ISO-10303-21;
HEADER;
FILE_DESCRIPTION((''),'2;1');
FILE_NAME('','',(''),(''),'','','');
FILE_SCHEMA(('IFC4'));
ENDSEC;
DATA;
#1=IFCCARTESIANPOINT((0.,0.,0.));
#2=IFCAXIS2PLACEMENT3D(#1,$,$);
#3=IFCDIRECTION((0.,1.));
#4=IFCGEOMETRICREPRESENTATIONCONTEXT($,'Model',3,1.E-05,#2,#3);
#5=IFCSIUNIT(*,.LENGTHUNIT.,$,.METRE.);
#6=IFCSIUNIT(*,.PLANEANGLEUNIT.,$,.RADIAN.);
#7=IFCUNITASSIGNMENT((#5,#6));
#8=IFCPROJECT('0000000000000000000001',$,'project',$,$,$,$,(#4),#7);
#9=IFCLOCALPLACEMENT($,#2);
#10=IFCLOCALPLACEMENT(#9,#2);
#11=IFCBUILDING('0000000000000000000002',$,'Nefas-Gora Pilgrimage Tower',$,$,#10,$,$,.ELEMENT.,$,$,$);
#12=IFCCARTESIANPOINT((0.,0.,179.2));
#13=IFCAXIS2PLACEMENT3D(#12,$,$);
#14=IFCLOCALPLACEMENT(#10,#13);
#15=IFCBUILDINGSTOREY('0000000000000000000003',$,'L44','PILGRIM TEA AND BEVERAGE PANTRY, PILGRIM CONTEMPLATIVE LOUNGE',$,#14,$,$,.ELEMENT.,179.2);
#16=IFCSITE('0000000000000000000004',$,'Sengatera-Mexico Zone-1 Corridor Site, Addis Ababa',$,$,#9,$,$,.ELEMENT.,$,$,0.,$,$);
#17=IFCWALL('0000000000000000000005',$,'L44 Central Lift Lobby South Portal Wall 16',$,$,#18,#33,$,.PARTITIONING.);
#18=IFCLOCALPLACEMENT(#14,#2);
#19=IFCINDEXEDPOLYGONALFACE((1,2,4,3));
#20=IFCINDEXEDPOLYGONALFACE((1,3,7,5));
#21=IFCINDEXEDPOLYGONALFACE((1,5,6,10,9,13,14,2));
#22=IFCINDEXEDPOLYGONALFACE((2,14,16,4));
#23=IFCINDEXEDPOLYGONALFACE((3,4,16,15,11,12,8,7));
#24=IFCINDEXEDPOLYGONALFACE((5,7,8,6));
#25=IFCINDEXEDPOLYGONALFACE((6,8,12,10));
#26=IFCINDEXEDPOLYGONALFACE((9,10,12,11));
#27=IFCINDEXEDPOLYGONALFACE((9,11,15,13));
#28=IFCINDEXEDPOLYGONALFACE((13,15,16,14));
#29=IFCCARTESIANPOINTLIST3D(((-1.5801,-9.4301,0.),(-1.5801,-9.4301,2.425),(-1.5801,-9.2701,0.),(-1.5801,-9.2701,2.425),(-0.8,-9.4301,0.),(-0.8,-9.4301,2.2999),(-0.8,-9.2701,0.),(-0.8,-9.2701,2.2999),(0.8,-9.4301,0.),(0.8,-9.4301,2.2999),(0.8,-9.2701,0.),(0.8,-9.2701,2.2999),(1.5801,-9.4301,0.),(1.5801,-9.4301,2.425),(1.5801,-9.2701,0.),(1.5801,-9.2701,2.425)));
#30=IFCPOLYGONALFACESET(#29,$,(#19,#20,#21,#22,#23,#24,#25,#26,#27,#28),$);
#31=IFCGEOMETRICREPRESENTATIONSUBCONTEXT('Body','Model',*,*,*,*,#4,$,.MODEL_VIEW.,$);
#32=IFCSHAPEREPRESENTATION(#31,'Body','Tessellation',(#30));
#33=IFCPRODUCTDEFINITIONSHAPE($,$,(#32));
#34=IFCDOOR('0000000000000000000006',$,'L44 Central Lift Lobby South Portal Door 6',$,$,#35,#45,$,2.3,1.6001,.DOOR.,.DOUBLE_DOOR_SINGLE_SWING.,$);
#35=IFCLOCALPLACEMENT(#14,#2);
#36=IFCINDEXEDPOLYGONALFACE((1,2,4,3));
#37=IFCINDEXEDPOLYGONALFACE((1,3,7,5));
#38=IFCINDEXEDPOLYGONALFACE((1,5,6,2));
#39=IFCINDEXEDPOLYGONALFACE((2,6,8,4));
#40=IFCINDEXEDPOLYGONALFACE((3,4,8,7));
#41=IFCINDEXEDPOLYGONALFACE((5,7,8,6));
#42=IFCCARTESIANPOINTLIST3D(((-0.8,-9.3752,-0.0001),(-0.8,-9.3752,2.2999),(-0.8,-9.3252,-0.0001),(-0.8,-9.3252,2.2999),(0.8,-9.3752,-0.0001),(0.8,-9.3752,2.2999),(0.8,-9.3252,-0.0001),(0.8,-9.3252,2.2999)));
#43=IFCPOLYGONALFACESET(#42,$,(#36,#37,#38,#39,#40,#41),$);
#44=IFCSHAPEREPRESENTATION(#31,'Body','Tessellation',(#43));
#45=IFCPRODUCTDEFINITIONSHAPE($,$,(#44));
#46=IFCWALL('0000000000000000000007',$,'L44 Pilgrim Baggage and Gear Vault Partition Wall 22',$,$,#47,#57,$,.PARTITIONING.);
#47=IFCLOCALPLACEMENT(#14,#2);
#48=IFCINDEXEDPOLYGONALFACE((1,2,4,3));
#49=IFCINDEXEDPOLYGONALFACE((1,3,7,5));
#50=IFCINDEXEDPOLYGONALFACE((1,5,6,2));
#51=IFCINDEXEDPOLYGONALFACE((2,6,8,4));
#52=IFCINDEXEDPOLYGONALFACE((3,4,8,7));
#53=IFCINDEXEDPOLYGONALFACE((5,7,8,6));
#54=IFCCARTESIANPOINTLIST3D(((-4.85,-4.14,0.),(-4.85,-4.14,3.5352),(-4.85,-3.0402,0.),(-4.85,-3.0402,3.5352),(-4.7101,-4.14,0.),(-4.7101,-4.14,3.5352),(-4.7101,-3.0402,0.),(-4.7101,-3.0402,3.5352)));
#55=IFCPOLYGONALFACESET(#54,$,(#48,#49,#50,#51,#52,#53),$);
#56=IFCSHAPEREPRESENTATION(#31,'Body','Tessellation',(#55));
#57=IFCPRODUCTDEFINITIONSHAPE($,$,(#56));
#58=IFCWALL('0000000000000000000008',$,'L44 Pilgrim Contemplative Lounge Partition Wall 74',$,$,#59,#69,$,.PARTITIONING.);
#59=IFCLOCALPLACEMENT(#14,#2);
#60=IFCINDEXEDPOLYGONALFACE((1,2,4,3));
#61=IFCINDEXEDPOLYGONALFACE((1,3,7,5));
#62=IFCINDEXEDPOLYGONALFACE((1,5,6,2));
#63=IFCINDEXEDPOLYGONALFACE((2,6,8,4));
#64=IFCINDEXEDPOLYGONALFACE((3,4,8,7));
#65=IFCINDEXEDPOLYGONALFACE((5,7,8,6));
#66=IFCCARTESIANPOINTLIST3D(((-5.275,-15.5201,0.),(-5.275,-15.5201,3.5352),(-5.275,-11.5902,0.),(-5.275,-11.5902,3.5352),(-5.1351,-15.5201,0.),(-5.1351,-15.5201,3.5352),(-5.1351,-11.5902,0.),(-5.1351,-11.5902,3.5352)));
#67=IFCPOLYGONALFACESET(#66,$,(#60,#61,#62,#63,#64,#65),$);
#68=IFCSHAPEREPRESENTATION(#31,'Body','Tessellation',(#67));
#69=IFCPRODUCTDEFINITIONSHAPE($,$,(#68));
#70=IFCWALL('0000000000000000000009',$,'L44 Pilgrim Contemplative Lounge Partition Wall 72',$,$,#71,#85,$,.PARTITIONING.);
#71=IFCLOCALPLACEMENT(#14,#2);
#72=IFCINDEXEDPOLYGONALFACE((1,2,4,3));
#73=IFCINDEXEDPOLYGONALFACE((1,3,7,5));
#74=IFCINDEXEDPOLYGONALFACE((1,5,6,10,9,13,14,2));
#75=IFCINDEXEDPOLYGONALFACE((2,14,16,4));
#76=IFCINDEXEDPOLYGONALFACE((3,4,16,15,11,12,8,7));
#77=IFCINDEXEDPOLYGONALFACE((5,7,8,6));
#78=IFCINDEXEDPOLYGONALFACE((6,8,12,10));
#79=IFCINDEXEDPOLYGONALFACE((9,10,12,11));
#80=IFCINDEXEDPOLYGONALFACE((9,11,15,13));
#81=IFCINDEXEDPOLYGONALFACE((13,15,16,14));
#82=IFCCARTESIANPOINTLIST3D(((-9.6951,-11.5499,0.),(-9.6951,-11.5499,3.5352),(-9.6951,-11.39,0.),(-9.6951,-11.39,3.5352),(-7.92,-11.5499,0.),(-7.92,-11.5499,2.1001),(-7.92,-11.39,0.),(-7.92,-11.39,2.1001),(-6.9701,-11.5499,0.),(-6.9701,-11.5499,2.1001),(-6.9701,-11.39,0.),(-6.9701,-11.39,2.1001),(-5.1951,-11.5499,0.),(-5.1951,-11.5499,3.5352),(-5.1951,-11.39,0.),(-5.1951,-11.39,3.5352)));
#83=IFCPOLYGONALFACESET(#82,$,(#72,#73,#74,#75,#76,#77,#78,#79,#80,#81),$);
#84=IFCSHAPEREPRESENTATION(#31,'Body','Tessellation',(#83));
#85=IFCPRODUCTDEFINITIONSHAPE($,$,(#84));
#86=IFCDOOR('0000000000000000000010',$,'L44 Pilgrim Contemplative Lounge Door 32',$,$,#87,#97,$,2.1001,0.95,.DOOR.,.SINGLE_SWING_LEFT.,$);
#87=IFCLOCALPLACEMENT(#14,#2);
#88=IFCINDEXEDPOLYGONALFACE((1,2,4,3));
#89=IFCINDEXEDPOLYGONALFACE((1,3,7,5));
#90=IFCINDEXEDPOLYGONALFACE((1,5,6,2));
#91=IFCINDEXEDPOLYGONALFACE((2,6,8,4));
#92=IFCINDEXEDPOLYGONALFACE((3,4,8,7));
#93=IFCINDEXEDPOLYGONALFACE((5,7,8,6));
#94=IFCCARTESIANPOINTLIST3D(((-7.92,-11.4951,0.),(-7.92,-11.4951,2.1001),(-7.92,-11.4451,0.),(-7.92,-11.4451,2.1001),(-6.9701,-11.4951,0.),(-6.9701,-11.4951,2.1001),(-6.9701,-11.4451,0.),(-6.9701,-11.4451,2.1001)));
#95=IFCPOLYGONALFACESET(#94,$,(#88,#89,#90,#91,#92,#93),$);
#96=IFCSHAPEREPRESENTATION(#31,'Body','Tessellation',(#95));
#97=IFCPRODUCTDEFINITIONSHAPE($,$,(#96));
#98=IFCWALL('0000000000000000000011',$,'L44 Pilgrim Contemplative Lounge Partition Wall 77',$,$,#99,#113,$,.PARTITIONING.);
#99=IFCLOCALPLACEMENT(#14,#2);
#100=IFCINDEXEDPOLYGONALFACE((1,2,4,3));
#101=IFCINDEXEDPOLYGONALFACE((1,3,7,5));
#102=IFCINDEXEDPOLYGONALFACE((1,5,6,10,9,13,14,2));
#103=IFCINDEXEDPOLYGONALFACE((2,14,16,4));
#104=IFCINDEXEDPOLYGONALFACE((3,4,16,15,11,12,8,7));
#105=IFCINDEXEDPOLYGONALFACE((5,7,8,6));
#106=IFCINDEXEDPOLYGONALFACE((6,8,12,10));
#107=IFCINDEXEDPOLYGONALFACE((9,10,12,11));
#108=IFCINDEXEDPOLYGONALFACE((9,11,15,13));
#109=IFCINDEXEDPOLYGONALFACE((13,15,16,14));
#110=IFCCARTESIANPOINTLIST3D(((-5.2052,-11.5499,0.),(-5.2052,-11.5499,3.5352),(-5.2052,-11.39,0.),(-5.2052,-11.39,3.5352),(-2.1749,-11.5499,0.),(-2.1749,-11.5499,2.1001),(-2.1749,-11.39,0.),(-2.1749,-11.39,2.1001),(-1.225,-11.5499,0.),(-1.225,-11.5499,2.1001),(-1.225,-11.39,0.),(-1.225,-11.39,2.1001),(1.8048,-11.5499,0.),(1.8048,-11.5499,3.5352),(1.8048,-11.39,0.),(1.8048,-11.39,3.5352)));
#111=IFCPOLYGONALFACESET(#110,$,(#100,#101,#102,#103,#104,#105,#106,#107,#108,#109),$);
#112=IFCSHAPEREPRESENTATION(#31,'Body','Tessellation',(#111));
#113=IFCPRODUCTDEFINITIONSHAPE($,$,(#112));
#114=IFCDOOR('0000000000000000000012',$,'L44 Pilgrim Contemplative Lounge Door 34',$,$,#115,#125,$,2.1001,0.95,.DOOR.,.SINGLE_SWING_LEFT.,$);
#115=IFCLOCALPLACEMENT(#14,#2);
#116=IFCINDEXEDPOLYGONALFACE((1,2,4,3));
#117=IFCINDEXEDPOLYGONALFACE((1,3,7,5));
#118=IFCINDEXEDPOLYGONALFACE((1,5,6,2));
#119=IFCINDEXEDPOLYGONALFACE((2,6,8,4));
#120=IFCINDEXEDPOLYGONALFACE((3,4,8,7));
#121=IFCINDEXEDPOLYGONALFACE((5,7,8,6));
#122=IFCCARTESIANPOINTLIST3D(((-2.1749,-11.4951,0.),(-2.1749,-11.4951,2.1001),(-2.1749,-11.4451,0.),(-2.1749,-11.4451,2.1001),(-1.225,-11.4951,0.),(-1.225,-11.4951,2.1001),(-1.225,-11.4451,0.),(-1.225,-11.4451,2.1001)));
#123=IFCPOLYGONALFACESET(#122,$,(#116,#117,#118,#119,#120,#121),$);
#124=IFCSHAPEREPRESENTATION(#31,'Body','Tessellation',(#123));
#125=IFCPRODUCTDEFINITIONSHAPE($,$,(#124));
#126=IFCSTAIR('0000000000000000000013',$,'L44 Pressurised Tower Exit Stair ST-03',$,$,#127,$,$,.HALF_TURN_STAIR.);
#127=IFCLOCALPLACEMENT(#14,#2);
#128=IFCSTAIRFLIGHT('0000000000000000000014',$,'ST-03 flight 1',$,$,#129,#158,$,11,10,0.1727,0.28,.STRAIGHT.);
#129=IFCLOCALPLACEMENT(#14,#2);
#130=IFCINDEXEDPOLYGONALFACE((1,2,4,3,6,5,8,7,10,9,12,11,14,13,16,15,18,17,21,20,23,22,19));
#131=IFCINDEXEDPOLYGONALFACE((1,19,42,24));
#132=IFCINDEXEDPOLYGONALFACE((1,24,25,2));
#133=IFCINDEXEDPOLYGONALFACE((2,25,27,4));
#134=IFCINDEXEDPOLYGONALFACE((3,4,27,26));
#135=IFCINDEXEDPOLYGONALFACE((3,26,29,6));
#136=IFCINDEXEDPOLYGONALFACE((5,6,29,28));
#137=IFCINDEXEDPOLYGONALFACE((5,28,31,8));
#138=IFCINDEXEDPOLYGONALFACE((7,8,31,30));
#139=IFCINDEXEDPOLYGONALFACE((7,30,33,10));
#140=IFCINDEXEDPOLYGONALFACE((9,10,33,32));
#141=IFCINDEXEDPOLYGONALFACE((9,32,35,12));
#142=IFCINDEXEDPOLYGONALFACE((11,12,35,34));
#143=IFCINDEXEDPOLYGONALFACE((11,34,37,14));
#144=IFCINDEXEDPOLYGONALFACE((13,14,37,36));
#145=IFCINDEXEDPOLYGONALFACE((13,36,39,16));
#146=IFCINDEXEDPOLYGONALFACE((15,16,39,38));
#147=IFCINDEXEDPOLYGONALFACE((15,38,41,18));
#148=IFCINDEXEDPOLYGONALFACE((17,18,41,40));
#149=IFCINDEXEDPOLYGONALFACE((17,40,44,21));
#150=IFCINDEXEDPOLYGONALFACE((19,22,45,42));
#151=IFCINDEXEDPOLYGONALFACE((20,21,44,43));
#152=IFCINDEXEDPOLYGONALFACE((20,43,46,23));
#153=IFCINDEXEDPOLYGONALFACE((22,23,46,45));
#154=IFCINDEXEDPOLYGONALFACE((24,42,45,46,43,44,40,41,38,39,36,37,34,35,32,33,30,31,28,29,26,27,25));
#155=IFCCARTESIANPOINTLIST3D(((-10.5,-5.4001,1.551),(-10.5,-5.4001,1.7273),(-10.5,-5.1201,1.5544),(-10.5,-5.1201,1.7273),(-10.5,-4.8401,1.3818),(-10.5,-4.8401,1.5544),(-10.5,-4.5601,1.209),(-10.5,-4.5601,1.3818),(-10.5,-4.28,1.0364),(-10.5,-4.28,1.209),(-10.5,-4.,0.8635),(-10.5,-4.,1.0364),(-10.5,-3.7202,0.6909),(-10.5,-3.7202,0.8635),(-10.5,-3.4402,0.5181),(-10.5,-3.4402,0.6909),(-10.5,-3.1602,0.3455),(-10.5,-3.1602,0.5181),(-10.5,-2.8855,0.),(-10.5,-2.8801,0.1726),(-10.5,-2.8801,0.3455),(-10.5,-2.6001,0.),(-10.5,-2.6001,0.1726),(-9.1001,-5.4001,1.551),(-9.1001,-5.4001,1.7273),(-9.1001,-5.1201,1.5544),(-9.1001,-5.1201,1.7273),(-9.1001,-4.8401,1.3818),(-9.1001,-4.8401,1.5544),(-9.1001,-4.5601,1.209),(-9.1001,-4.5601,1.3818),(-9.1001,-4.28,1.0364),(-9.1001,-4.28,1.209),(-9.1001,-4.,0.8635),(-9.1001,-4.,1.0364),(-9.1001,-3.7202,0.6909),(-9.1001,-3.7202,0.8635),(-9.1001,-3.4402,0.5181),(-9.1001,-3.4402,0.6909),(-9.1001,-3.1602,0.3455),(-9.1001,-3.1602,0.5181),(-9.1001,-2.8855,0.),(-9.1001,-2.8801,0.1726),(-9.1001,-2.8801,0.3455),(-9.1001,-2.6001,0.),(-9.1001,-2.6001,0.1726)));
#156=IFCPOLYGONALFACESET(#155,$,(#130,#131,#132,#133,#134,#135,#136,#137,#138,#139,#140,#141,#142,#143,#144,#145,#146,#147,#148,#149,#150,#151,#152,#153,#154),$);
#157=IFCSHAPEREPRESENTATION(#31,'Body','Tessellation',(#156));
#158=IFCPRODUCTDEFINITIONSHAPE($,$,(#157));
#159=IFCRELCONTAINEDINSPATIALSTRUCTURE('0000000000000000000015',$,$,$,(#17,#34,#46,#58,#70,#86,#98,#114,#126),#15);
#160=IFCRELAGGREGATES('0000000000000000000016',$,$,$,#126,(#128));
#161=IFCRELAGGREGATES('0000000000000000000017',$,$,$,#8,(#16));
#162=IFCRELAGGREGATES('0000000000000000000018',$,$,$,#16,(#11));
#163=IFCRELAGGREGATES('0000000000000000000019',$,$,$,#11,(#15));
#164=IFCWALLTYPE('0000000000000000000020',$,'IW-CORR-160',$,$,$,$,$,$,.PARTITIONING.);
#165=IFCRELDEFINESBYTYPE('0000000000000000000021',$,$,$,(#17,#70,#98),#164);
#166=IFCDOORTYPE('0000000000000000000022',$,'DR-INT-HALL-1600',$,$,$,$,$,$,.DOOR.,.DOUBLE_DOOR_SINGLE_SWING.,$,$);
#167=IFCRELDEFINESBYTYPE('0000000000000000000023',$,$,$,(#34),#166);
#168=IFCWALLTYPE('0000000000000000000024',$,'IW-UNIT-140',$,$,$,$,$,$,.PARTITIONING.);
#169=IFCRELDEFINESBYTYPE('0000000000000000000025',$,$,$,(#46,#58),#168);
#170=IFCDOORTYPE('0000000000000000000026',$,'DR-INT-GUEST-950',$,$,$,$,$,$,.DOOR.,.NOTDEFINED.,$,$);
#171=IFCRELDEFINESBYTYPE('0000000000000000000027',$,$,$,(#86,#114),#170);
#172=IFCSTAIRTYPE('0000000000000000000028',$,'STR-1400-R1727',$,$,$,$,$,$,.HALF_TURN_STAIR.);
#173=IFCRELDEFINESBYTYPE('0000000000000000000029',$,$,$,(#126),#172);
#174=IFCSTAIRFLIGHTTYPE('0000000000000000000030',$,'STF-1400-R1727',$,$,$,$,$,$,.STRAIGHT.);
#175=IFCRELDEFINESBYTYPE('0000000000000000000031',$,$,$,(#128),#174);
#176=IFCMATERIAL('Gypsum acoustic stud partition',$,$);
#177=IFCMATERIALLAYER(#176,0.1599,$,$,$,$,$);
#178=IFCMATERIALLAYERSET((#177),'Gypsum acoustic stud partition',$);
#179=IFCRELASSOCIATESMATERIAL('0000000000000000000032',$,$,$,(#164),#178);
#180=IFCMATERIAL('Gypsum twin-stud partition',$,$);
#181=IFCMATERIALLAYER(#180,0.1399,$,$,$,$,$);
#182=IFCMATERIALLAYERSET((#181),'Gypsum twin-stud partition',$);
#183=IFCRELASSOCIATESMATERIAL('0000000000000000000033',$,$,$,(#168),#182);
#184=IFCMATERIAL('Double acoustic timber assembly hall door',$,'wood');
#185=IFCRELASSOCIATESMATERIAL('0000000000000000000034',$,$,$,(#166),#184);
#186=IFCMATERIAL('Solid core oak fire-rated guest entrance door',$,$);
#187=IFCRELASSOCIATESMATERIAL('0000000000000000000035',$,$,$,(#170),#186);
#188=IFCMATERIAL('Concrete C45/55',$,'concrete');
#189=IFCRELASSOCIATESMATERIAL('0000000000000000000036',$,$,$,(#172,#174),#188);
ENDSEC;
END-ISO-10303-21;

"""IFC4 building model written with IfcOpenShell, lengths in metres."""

from ifc_helpers import new_model, si_unit, direction, frame, frame_2d, origin, place, context, subcontext, project, spatial, polyline, rectangle, outline, extrude, source, transform, mapped, material, layer, layer_set, type_object, element, fill, aggregate, save


model = new_model("IFC4")

# Units and contexts
model_context = context("Model", 3, precision=1e-05, world=origin(), true_north=direction((0.0, 1.0)))
body_context = subcontext(model_context, "Body", "Model", "MODEL_VIEW")
ifc_project = project(units=[si_unit("LENGTHUNIT", "METRE"), si_unit("PLANEANGLEUNIT", "RADIAN")], contexts=[model_context])

# Site, building, storey
site_placement = place(None, origin())
site = spatial("IfcSite", under=ifc_project, at=site_placement, Name="Sengatera-Mexico Zone-1 Corridor Site, Addis Ababa", CompositionType="ELEMENT", RefElevation=0.0)
building_placement = place(site_placement, origin())
building = spatial("IfcBuilding", under=site, at=building_placement, Name="Nefas-Gora Pilgrimage Tower", CompositionType="ELEMENT")
storey_placement = place(building_placement, frame((0.0, 0.0, 179.2)))
storey = spatial("IfcBuildingStorey", under=building, at=storey_placement, Name="L44", Description="PILGRIM TEA AND BEVERAGE PANTRY, PILGRIM CONTEMPLATIVE LOUNGE", CompositionType="ELEMENT", Elevation=179.2)

# Shared definitions
ifc_material_1 = material(Name="Concrete C45/55", Category="concrete")
ifc_material_2 = material(Name="Gypsum acoustic stud partition")
ifc_layer_1 = layer(ifc_material_2, 0.1599)
ifc_layer_set_1 = layer_set([ifc_layer_1], Name="Gypsum acoustic stud partition")
wall_type_1 = type_object("IfcWallType", Name="IW-CORR-160", PredefinedType="PARTITIONING", material=ifc_layer_set_1)

# Shared definitions
ifc_material_3 = material(Name="Gypsum twin-stud partition")
ifc_layer_2 = layer(ifc_material_3, 0.1399)
ifc_layer_set_2 = layer_set([ifc_layer_2], Name="Gypsum twin-stud partition")
wall_type_2 = type_object("IfcWallType", Name="IW-UNIT-140", PredefinedType="PARTITIONING", material=ifc_layer_set_2)

# Wall, opening, door
shared_shape_1 = source(origin(), body_context, "Body", "SweptSolid", [
    extrude(rectangle(XDim=3.1602, YDim=0.1599, at=frame_2d((1.5801, 0.0))), origin(), (0.0, 0.0, 1.0), 2.425),
])
wall_1_placement = place(storey_placement, frame((-1.5801, -9.3501, 0.0), z_axis=(0.0, 0.0, 1.0), x_axis=(1.0, 0.0, 0.0)))
wall_1 = element("IfcWall", 1, at=wall_1_placement, inside=storey, type_object=wall_type_1, Name="L44 Central Lift Lobby South Portal Wall 16", PredefinedType="PARTITIONING", context=body_context, shape_type="MappedRepresentation", body=[
    mapped(shared_shape_1, transform((0.0, 0.0, 0.0), x_axis=(1.0, 0.0, 0.0), y_axis=(0.0, 1.0, 0.0), z_axis=(0.0, 0.0, 1.0), scale=1.0)),
])
opening_1_placement = place(wall_1_placement, frame((0.78, 0.0, 0.0)))
opening_1 = element("IfcOpeningElement", 2, at=opening_1_placement, cuts=wall_1, PredefinedType="OPENING", context=body_context, shape_type="SweptSolid", body=[
    extrude(rectangle(XDim=1.6001, YDim=2.3, at=frame_2d((0.8, 1.1499))), frame((0.0, 0.0898, 0.0), z_axis=(0.0, -1.0, 0.0), x_axis=(1.0, 0.0, 0.0)), (0.0, 0.0, 1.0), 0.1799),
])
ifc_material_4 = material(Name="Double acoustic timber assembly hall door", Category="wood")
door_type_1 = type_object("IfcDoorType", Name="DR-INT-HALL-1600", OperationType="DOUBLE_DOOR_SINGLE_SWING", PredefinedType="DOOR", material=ifc_material_4)
shared_shape_2 = source(origin(), body_context, "Body", "SweptSolid", [
    extrude(rectangle(XDim=1.6001, YDim=2.3, at=frame_2d((0.8, 1.1499))), frame((0.0, 0.0249, 0.0), z_axis=(0.0, -1.0, 0.0), x_axis=(1.0, 0.0, 0.0)), (0.0, 0.0, 1.0), 0.05),
])
door_1_placement = place(opening_1_placement, origin())
door_1 = element("IfcDoor", 3, at=door_1_placement, inside=storey, type_object=door_type_1, Name="L44 Central Lift Lobby South Portal Door 6", OperationType="DOUBLE_DOOR_SINGLE_SWING", OverallHeight=2.3, OverallWidth=1.6001, PredefinedType="DOOR", context=body_context, shape_type="MappedRepresentation", body=[
    mapped(shared_shape_2, transform((0.0, 0.0, 0.0), x_axis=(1.0, 0.0, 0.0), y_axis=(0.0, 1.0, 0.0), z_axis=(0.0, 0.0, 1.0), scale=1.0)),
])
fill(opening_1, door_1)

# Walls
shared_shape_3 = source(origin(), body_context, "Body", "SweptSolid", [
    extrude(rectangle(XDim=1.0999, YDim=0.1399, at=frame_2d((0.5498, 0.0))), origin(), (0.0, 0.0, 1.0), 3.5352),
])
wall_2_placement = place(storey_placement, frame((-4.78, -4.1399, 0.0), z_axis=(0.0, 0.0, 1.0), x_axis=(0.0, 1.0, 0.0)))
element("IfcWall", 4, at=wall_2_placement, inside=storey, type_object=wall_type_2, Name="L44 Pilgrim Baggage and Gear Vault Partition Wall 22", PredefinedType="PARTITIONING", context=body_context, shape_type="MappedRepresentation", body=[
    mapped(shared_shape_3, transform((0.0, 0.0, 0.0), x_axis=(1.0, 0.0, 0.0), y_axis=(0.0, 1.0, 0.0), z_axis=(0.0, 0.0, 1.0), scale=1.0)),
])
shared_shape_4 = source(origin(), body_context, "Body", "SweptSolid", [
    extrude(rectangle(XDim=3.9299, YDim=0.1399, at=frame_2d((1.9648, 0.0))), origin(), (0.0, 0.0, 1.0), 3.5352),
])
wall_3_placement = place(storey_placement, frame((-5.2051, -15.52, 0.0), z_axis=(0.0, 0.0, 1.0), x_axis=(0.0, 1.0, 0.0)))
element("IfcWall", 5, at=wall_3_placement, inside=storey, type_object=wall_type_2, Name="L44 Pilgrim Contemplative Lounge Partition Wall 74", PredefinedType="PARTITIONING", context=body_context, shape_type="MappedRepresentation", body=[
    mapped(shared_shape_4, transform((0.0, 0.0, 0.0), x_axis=(1.0, 0.0, 0.0), y_axis=(0.0, 1.0, 0.0), z_axis=(0.0, 0.0, 1.0), scale=1.0)),
])

# Walls, openings, doors
shared_shape_5 = source(origin(), body_context, "Body", "SweptSolid", [
    extrude(rectangle(XDim=4.5, YDim=0.1599, at=frame_2d((2.25, 0.0))), origin(), (0.0, 0.0, 1.0), 3.5352),
])
wall_4_placement = place(storey_placement, frame((-9.6951, -11.47, 0.0), z_axis=(0.0, 0.0, 1.0), x_axis=(1.0, 0.0, 0.0)))
wall_4 = element("IfcWall", 6, at=wall_4_placement, inside=storey, type_object=wall_type_1, Name="L44 Pilgrim Contemplative Lounge Partition Wall 72", PredefinedType="PARTITIONING", context=body_context, shape_type="MappedRepresentation", body=[
    mapped(shared_shape_5, transform((0.0, 0.0, 0.0), x_axis=(1.0, 0.0, 0.0), y_axis=(0.0, 1.0, 0.0), z_axis=(0.0, 0.0, 1.0), scale=1.0)),
])
opening_2_placement = place(wall_4_placement, frame((1.7749, 0.0, 0.0)))
opening_2 = element("IfcOpeningElement", 7, at=opening_2_placement, cuts=wall_4, PredefinedType="OPENING", context=body_context, shape_type="SweptSolid", body=[
    extrude(rectangle(XDim=0.95, YDim=2.1001, at=frame_2d((0.4751, 1.05))), frame((0.0, 0.0898, 0.0), z_axis=(0.0, -1.0, 0.0), x_axis=(1.0, 0.0, 0.0)), (0.0, 0.0, 1.0), 0.1799),
])
ifc_material_5 = material(Name="Solid core oak fire-rated guest entrance door")
door_type_2 = type_object("IfcDoorType", Name="DR-INT-GUEST-950", OperationType="NOTDEFINED", PredefinedType="DOOR", material=ifc_material_5)
shared_shape_6 = source(origin(), body_context, "Body", "SweptSolid", [
    extrude(rectangle(XDim=0.95, YDim=2.1001, at=frame_2d((0.4751, 1.05))), frame((0.0, 0.0249, 0.0), z_axis=(0.0, -1.0, 0.0), x_axis=(1.0, 0.0, 0.0)), (0.0, 0.0, 1.0), 0.05),
])
door_2_placement = place(opening_2_placement, origin())
door_2 = element("IfcDoor", 8, at=door_2_placement, inside=storey, type_object=door_type_2, Name="L44 Pilgrim Contemplative Lounge Door 32", OperationType="SINGLE_SWING_LEFT", OverallHeight=2.1001, OverallWidth=0.95, PredefinedType="DOOR", context=body_context, shape_type="MappedRepresentation", body=[
    mapped(shared_shape_6, transform((0.0, 0.0, 0.0), x_axis=(1.0, 0.0, 0.0), y_axis=(0.0, 1.0, 0.0), z_axis=(0.0, 0.0, 1.0), scale=1.0)),
])
fill(opening_2, door_2)
shared_shape_7 = source(origin(), body_context, "Body", "SweptSolid", [
    extrude(rectangle(XDim=7.01, YDim=0.1599, at=frame_2d((3.5049, 0.0))), origin(), (0.0, 0.0, 1.0), 3.5352),
])
wall_5_placement = place(storey_placement, frame((-5.2051, -11.47, 0.0), z_axis=(0.0, 0.0, 1.0), x_axis=(1.0, 0.0, 0.0)))
wall_5 = element("IfcWall", 9, at=wall_5_placement, inside=storey, type_object=wall_type_1, Name="L44 Pilgrim Contemplative Lounge Partition Wall 77", PredefinedType="PARTITIONING", context=body_context, shape_type="MappedRepresentation", body=[
    mapped(shared_shape_7, transform((0.0, 0.0, 0.0), x_axis=(1.0, 0.0, 0.0), y_axis=(0.0, 1.0, 0.0), z_axis=(0.0, 0.0, 1.0), scale=1.0)),
])
opening_3_placement = place(wall_5_placement, frame((3.03, 0.0, 0.0)))
opening_3 = element("IfcOpeningElement", 10, at=opening_3_placement, cuts=wall_5, PredefinedType="OPENING", context=body_context, shape_type="SweptSolid", body=[
    extrude(rectangle(XDim=0.95, YDim=2.1001, at=frame_2d((0.4751, 1.05))), frame((0.0, 0.0898, 0.0), z_axis=(0.0, -1.0, 0.0), x_axis=(1.0, 0.0, 0.0)), (0.0, 0.0, 1.0), 0.1799),
])
door_3_placement = place(opening_3_placement, origin())
door_3 = element("IfcDoor", 11, at=door_3_placement, inside=storey, type_object=door_type_2, Name="L44 Pilgrim Contemplative Lounge Door 34", OperationType="SINGLE_SWING_LEFT", OverallHeight=2.1001, OverallWidth=0.95, PredefinedType="DOOR", context=body_context, shape_type="MappedRepresentation", body=[
    mapped(shared_shape_6, transform((0.0, 0.0, 0.0), x_axis=(1.0, 0.0, 0.0), y_axis=(0.0, 1.0, 0.0), z_axis=(0.0, 0.0, 1.0), scale=1.0)),
])
fill(opening_3, door_3)

# Stair, stair flight
stair_type = type_object("IfcStairType", Name="STR-1400-R1727", PredefinedType="HALF_TURN_STAIR", material=ifc_material_1)
stair_placement = place(storey_placement, origin())
stair = element("IfcStair", 12, at=stair_placement, inside=storey, type_object=stair_type, Name="L44 Pressurised Tower Exit Stair ST-03", PredefinedType="HALF_TURN_STAIR")
stair_flight_type = type_object("IfcStairFlightType", Name="STF-1400-R1727", PredefinedType="STRAIGHT", material=ifc_material_1)
shared_shape_8 = source(origin(), body_context, "Body", "SweptSolid", [
    extrude(outline(polyline([(0.0, 0.0), (0.0, 0.1726), (0.28, 0.1726), (0.28, 0.3455), (0.5601, 0.3455), (0.5601, 0.5181), (0.8401, 0.5181), (0.8401, 0.6909), (1.1201, 0.6909), (1.1201, 0.8635), (1.3999, 0.8635), (1.3999, 1.0364), (1.6799, 1.0364), (1.6799, 1.209), (1.96, 1.209), (1.96, 1.3818), (2.24, 1.3818), (2.24, 1.5544), (2.52, 1.5544), (2.52, 1.7273), (2.8, 1.7273), (2.8, 1.8999), (2.8, 1.551), (0.2854, 0.0), (0.0, 0.0)])), frame((0.0, 0.7, 0.0), z_axis=(0.0, -1.0, 0.0), x_axis=(1.0, 0.0, 0.0)), (0.0, 0.0, 1.0), 1.3999),
])
stair_flight_1_placement = place(storey_placement, frame((-9.8, -2.6001, 0.0), z_axis=(0.0, 0.0, 1.0), x_axis=(0.0, -1.0, 0.0)))
stair_flight_1 = element("IfcStairFlight", 13, at=stair_flight_1_placement, type_object=stair_flight_type, Name="ST-03 flight 1", NumberOfRisers=11, NumberOfTreads=10, PredefinedType="STRAIGHT", RiserHeight=0.1727, TreadLength=0.28, context=body_context, shape_type="MappedRepresentation", body=[
    mapped(shared_shape_8, transform((0.0, 0.0, 0.0), x_axis=(1.0, 0.0, 0.0), y_axis=(0.0, 1.0, 0.0), z_axis=(0.0, 0.0, 1.0), scale=1.0)),
])
aggregate(stair, [stair_flight_1])

save(model, "model.ifc")
